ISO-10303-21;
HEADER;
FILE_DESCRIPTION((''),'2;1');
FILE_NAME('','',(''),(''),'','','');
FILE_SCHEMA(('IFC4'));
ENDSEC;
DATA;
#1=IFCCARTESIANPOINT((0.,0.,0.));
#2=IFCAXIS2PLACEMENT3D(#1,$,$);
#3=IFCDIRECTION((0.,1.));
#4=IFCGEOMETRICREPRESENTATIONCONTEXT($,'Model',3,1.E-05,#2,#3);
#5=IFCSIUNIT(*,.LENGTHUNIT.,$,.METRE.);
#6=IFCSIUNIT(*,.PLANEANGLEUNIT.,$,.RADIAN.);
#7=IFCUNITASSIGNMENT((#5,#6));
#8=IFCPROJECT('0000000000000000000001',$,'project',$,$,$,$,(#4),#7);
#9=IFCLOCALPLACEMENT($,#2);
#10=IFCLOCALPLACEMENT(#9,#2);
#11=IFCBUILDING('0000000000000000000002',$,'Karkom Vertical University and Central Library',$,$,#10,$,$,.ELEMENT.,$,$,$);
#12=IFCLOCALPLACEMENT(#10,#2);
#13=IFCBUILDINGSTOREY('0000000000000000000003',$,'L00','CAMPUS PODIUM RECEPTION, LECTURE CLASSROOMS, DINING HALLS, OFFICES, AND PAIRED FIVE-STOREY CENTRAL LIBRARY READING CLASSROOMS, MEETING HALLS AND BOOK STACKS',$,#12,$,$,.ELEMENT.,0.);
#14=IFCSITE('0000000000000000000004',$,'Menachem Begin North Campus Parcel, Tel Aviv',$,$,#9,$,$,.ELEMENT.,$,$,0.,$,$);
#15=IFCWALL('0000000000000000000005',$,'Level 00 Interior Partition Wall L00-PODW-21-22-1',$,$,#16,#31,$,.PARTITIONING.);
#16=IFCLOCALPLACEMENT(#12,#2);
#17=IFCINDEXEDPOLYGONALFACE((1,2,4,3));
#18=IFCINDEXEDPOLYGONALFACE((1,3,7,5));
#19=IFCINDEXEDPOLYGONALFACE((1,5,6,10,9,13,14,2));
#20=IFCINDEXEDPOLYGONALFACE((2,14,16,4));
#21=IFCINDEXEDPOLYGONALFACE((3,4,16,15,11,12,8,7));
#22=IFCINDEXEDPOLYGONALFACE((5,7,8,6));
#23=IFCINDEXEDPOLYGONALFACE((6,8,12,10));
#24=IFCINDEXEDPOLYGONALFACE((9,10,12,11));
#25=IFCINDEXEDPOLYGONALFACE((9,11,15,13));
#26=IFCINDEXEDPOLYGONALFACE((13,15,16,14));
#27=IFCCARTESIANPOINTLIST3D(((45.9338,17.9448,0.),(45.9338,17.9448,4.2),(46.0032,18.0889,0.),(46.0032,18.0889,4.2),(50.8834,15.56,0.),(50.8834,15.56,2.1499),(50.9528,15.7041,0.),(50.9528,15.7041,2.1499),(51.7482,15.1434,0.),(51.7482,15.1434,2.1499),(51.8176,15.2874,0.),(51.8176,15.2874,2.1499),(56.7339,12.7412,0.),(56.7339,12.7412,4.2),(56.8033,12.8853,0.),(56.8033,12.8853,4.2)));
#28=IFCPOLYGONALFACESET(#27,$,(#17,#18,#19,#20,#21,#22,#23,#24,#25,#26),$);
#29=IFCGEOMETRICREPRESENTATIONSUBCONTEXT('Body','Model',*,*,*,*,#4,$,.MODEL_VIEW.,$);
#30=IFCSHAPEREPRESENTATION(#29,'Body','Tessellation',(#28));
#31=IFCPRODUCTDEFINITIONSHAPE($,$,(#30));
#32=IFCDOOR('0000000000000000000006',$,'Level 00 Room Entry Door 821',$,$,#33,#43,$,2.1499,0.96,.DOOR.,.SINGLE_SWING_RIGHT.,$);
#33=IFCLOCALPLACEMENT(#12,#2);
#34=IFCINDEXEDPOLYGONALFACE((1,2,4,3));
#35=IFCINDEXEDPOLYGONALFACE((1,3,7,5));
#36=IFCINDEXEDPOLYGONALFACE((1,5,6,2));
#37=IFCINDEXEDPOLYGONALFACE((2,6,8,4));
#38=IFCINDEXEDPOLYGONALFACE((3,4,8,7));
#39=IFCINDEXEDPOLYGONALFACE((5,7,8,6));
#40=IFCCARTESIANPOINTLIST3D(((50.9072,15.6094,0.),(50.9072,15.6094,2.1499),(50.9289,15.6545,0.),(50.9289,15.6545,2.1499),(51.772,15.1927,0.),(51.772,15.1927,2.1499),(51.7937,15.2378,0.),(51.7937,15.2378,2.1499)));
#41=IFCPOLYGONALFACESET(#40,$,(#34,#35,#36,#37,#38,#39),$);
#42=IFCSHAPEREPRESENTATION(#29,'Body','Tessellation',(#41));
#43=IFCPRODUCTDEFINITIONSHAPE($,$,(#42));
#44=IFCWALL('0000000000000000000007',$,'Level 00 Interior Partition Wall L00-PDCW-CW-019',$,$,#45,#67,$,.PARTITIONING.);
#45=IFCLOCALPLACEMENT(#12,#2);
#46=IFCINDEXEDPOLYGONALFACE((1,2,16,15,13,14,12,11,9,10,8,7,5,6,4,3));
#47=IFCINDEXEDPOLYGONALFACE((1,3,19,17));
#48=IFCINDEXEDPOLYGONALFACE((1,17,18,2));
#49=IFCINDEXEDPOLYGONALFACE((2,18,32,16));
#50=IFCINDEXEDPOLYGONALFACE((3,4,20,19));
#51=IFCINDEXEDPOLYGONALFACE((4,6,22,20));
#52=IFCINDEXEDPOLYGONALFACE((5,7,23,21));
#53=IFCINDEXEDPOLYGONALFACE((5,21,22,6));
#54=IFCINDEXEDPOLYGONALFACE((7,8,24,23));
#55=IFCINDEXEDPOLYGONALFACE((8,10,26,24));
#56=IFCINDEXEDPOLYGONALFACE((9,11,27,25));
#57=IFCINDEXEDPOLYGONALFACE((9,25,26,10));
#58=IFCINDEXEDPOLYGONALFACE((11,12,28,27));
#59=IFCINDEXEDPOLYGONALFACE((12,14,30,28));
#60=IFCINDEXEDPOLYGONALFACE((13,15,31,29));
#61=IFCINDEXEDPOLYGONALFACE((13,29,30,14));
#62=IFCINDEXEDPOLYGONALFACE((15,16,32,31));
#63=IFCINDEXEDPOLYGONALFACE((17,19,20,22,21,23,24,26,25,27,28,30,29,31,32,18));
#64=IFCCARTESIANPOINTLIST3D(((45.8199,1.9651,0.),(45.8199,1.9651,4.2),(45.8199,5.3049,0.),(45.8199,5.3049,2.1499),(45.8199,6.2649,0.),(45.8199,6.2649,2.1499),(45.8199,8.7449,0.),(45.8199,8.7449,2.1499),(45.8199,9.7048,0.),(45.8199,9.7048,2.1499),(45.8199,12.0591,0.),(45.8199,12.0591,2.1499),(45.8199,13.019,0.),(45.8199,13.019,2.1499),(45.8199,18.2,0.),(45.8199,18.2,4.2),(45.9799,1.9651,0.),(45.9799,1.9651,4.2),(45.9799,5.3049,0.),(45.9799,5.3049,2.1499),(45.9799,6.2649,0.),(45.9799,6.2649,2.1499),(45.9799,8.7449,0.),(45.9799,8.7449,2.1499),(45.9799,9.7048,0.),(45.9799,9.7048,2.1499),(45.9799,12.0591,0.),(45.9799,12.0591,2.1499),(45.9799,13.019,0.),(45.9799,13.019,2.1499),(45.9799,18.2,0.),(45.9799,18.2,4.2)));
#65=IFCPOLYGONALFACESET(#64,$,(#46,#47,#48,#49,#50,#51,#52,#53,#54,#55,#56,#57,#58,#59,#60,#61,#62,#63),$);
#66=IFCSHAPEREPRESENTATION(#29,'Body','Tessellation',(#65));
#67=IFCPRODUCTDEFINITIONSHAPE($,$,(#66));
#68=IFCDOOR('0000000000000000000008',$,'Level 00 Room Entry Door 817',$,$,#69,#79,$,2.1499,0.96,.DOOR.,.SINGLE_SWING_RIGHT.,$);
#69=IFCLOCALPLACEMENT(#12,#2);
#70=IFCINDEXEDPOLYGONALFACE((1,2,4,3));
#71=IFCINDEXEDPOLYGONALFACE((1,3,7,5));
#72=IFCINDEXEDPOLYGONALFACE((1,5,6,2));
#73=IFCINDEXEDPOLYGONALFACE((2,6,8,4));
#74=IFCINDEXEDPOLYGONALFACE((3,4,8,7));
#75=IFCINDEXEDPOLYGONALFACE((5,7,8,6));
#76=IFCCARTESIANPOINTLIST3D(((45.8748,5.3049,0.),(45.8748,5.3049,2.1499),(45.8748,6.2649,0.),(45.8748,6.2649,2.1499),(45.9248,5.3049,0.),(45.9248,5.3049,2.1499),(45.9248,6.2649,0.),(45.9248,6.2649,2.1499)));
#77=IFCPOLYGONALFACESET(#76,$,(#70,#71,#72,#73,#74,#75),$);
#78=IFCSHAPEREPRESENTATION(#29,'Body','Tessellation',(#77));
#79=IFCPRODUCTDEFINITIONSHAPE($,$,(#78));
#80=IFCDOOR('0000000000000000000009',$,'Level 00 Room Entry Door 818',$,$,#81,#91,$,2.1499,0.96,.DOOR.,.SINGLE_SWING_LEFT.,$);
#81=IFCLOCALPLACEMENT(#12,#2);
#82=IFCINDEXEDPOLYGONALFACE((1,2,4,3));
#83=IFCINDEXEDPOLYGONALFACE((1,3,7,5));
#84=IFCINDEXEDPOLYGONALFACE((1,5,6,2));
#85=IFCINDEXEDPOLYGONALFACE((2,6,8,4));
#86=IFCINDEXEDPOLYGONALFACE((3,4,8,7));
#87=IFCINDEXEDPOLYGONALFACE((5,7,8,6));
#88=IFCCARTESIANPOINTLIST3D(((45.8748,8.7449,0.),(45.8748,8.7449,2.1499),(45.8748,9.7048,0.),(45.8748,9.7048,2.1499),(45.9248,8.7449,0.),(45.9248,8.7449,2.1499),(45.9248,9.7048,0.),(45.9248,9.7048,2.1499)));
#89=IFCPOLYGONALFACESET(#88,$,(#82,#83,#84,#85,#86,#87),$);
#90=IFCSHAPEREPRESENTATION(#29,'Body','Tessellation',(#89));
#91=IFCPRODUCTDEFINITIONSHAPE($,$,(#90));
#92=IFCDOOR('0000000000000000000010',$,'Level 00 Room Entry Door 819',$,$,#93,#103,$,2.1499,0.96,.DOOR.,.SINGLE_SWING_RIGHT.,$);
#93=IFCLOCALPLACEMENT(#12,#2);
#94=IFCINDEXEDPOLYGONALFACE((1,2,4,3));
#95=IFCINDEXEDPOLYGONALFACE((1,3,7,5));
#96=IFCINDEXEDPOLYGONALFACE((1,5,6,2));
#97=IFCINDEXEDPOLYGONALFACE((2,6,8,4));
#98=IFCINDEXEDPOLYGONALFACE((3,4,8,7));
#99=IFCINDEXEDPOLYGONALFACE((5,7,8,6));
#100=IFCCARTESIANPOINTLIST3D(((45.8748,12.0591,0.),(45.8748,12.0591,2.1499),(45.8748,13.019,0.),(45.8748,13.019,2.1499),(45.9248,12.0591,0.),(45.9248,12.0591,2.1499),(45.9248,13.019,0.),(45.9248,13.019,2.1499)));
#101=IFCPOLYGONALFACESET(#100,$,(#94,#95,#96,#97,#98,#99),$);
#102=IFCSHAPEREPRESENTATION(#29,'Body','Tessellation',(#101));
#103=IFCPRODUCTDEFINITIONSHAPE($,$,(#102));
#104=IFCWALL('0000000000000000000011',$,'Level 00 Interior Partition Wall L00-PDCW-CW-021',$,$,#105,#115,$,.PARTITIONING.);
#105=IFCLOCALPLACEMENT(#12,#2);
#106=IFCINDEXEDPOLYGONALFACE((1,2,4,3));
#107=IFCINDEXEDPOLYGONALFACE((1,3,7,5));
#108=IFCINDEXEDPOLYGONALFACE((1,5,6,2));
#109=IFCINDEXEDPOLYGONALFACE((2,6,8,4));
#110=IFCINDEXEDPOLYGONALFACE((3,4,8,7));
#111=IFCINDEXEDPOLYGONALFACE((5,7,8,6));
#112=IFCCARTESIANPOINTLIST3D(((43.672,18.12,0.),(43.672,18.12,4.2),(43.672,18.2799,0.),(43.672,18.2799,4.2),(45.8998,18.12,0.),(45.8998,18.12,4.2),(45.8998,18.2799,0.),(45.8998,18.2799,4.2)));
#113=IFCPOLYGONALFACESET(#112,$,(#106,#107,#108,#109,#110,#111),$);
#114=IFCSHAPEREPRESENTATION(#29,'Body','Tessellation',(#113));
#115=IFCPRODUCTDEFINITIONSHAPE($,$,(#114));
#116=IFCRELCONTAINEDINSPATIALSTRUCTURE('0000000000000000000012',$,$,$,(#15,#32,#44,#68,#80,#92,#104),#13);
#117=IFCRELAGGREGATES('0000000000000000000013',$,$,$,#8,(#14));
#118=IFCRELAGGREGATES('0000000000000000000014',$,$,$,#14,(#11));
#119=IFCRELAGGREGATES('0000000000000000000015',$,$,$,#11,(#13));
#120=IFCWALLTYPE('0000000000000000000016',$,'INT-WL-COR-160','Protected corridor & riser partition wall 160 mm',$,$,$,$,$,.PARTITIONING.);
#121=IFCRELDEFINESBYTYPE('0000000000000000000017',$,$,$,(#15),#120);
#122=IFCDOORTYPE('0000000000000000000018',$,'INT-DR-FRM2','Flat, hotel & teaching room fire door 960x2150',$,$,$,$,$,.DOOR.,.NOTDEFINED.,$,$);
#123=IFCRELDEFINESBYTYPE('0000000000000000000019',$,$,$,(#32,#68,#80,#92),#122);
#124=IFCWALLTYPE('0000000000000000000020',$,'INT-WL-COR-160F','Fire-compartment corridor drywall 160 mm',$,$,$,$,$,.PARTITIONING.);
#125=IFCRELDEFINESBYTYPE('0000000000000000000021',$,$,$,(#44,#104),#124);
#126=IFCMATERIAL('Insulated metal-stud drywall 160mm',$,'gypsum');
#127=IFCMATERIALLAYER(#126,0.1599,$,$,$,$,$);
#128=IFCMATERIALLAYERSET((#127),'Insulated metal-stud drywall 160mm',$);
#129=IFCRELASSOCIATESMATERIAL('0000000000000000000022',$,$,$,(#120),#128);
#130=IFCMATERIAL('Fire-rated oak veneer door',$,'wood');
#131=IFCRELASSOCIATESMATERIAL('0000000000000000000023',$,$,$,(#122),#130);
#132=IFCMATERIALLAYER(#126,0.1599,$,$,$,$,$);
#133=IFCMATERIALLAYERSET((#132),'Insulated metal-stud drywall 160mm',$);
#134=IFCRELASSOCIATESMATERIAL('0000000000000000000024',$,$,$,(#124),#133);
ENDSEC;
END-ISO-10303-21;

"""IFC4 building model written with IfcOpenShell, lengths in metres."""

from ifc_helpers import new_model, si_unit, direction, frame, frame_2d, origin, origin_with_axes, place, context, subcontext, project, spatial, rectangle, extrude, source, transform, mapped, material, layer, layer_set, type_object, element, fill, save


model = new_model("IFC4")

# Units and contexts
model_context = context("Model", 3, precision=1e-05, world=origin(), true_north=direction((0.0, 1.0)))
body_context = subcontext(model_context, "Body", "Model", "MODEL_VIEW")
ifc_project = project(units=[si_unit("LENGTHUNIT", "METRE"), si_unit("PLANEANGLEUNIT", "RADIAN")], contexts=[model_context])

# Site, building, storey
site_placement = place(None, origin())
site = spatial("IfcSite", under=ifc_project, at=site_placement, Name="Menachem Begin North Campus Parcel, Tel Aviv", CompositionType="ELEMENT", RefElevation=0.0)
building_placement = place(site_placement, origin())
building = spatial("IfcBuilding", under=site, at=building_placement, Name="Karkom Vertical University and Central Library", CompositionType="ELEMENT")
storey_placement = place(building_placement, origin())
storey = spatial("IfcBuildingStorey", under=building, at=storey_placement, Name="L00", Description="CAMPUS PODIUM RECEPTION, LECTURE CLASSROOMS, DINING HALLS, OFFICES, AND PAIRED FIVE-STOREY CENTRAL LIBRARY READING CLASSROOMS, MEETING HALLS AND BOOK STACKS", CompositionType="ELEMENT", Elevation=0.0)

# Wall, opening, door
ifc_material_1 = material(Name="Insulated metal-stud drywall 160mm", Category="gypsum")
ifc_layer_1 = layer(ifc_material_1, 0.1599)
ifc_layer_set_1 = layer_set([ifc_layer_1], Name="Insulated metal-stud drywall 160mm")
wall_type_1 = type_object("IfcWallType", Name="INT-WL-COR-160", Description="Protected corridor & riser partition wall 160 mm", PredefinedType="PARTITIONING", material=ifc_layer_set_1)
ifc_material_2 = material(Name="Fire-rated oak veneer door", Category="wood")
door_type = type_object("IfcDoorType", Name="INT-DR-FRM2", Description="Flat, hotel & teaching room fire door 960x2150", OperationType="NOTDEFINED", PredefinedType="DOOR", material=ifc_material_2)
shared_shape_1 = source(origin_with_axes(), body_context, "Body", "SweptSolid", [
    extrude(rectangle(XDim=0.96, YDim=2.1499, at=frame_2d((0.48, 1.075))), frame((0.0, 0.0249, 0.0), z_axis=(0.0, -1.0, 0.0), x_axis=(1.0, 0.0, 0.0)), (0.0, 0.0, 1.0), 0.05),
])
wall_1_placement = place(storey_placement, frame((45.9685, 18.0168, 0.0), z_axis=(0.0, 0.0, 1.0), x_axis=(0.900885, -0.434059, 0.0)))
wall_1 = element("IfcWall", 1, at=wall_1_placement, inside=storey, type_object=wall_type_1, Name="Level 00 Interior Partition Wall L00-PODW-21-22-1", PredefinedType="PARTITIONING", context=body_context, shape_type="SweptSolid", body=[
    extrude(rectangle(XDim=11.9883, YDim=0.1599, at=frame_2d((5.9941, 0.0))), origin(), (0.0, 0.0, 1.0), 4.2),
])
opening_1_placement = place(wall_1_placement, frame((5.4941, 0.0, 0.0)))
opening_1 = element("IfcOpeningElement", 2, at=opening_1_placement, cuts=wall_1, PredefinedType="OPENING", context=body_context, shape_type="SweptSolid", body=[
    extrude(rectangle(XDim=0.96, YDim=2.1499, at=frame_2d((0.48, 1.075))), frame((0.0, 0.0898, 0.0), z_axis=(0.0, -1.0, 0.0), x_axis=(1.0, 0.0, 0.0)), (0.0, 0.0, 1.0), 0.1799),
])
door_1_placement = place(opening_1_placement, origin())
door_1 = element("IfcDoor", 3, at=door_1_placement, inside=storey, type_object=door_type, Name="Level 00 Room Entry Door 821", OperationType="SINGLE_SWING_RIGHT", OverallHeight=2.1499, OverallWidth=0.96, PredefinedType="DOOR", context=body_context, shape_type="MappedRepresentation", body=[
    mapped(shared_shape_1, transform((0.0, 0.0, 0.0), scale=1.0)),
])
fill(opening_1, door_1)

# Wall, openings, doors
ifc_layer_2 = layer(ifc_material_1, 0.1599)
ifc_layer_set_2 = layer_set([ifc_layer_2], Name="Insulated metal-stud drywall 160mm")
wall_type_2 = type_object("IfcWallType", Name="INT-WL-COR-160F", Description="Fire-compartment corridor drywall 160 mm", PredefinedType="PARTITIONING", material=ifc_layer_set_2)
wall_2_placement = place(storey_placement, frame((45.8999, 18.2, 0.0), z_axis=(0.0, 0.0, 1.0), x_axis=(0.0, -1.0, 0.0)))
wall_2 = element("IfcWall", 4, at=wall_2_placement, inside=storey, type_object=wall_type_2, Name="Level 00 Interior Partition Wall L00-PDCW-CW-019", PredefinedType="PARTITIONING", context=body_context, shape_type="SweptSolid", body=[
    extrude(rectangle(XDim=16.2349, YDim=0.1599, at=frame_2d((8.1174, 0.0))), origin(), (0.0, 0.0, 1.0), 4.2),
])
opening_2_placement = place(wall_2_placement, frame((11.9351, 0.0, 0.0)))
opening_2 = element("IfcOpeningElement", 5, at=opening_2_placement, cuts=wall_2, PredefinedType="OPENING", context=body_context, shape_type="SweptSolid", body=[
    extrude(rectangle(XDim=0.96, YDim=2.1499, at=frame_2d((0.48, 1.075))), frame((0.0, 0.0898, 0.0), z_axis=(0.0, -1.0, 0.0), x_axis=(1.0, 0.0, 0.0)), (0.0, 0.0, 1.0), 0.1799),
])
opening_3_placement = place(wall_2_placement, frame((8.4951, 0.0, 0.0)))
opening_3 = element("IfcOpeningElement", 6, at=opening_3_placement, cuts=wall_2, PredefinedType="OPENING", context=body_context, shape_type="SweptSolid", body=[
    extrude(rectangle(XDim=0.96, YDim=2.1499, at=frame_2d((0.48, 1.075))), frame((0.0, 0.0898, 0.0), z_axis=(0.0, -1.0, 0.0), x_axis=(1.0, 0.0, 0.0)), (0.0, 0.0, 1.0), 0.1799),
])
opening_4_placement = place(wall_2_placement, frame((5.1809, 0.0, 0.0)))
opening_4 = element("IfcOpeningElement", 7, at=opening_4_placement, cuts=wall_2, PredefinedType="OPENING", context=body_context, shape_type="SweptSolid", body=[
    extrude(rectangle(XDim=0.96, YDim=2.1499, at=frame_2d((0.48, 1.075))), frame((0.0, 0.0898, 0.0), z_axis=(0.0, -1.0, 0.0), x_axis=(1.0, 0.0, 0.0)), (0.0, 0.0, 1.0), 0.1799),
])
door_2_placement = place(opening_2_placement, origin())
door_2 = element("IfcDoor", 8, at=door_2_placement, inside=storey, type_object=door_type, Name="Level 00 Room Entry Door 817", OperationType="SINGLE_SWING_RIGHT", OverallHeight=2.1499, OverallWidth=0.96, PredefinedType="DOOR", context=body_context, shape_type="MappedRepresentation", body=[
    mapped(shared_shape_1, transform((0.0, 0.0, 0.0), scale=1.0)),
])
fill(opening_2, door_2)
door_3_placement = place(opening_3_placement, origin())
door_3 = element("IfcDoor", 9, at=door_3_placement, inside=storey, type_object=door_type, Name="Level 00 Room Entry Door 818", OperationType="SINGLE_SWING_LEFT", OverallHeight=2.1499, OverallWidth=0.96, PredefinedType="DOOR", context=body_context, shape_type="MappedRepresentation", body=[
    mapped(shared_shape_1, transform((0.0, 0.0, 0.0), scale=1.0)),
])
fill(opening_3, door_3)
door_4_placement = place(opening_4_placement, origin())
door_4 = element("IfcDoor", 10, at=door_4_placement, inside=storey, type_object=door_type, Name="Level 00 Room Entry Door 819", OperationType="SINGLE_SWING_RIGHT", OverallHeight=2.1499, OverallWidth=0.96, PredefinedType="DOOR", context=body_context, shape_type="MappedRepresentation", body=[
    mapped(shared_shape_1, transform((0.0, 0.0, 0.0), scale=1.0)),
])
fill(opening_4, door_4)

# Wall
wall_3_placement = place(storey_placement, frame((43.6721, 18.2, 0.0), z_axis=(0.0, 0.0, 1.0), x_axis=(1.0, 0.0, 0.0)))
element("IfcWall", 11, at=wall_3_placement, inside=storey, type_object=wall_type_2, Name="Level 00 Interior Partition Wall L00-PDCW-CW-021", PredefinedType="PARTITIONING", context=body_context, shape_type="SweptSolid", body=[
    extrude(rectangle(XDim=2.2278, YDim=0.1599, at=frame_2d((1.1138, 0.0))), origin(), (0.0, 0.0, 1.0), 4.2),
])

save(model, "model.ifc")
